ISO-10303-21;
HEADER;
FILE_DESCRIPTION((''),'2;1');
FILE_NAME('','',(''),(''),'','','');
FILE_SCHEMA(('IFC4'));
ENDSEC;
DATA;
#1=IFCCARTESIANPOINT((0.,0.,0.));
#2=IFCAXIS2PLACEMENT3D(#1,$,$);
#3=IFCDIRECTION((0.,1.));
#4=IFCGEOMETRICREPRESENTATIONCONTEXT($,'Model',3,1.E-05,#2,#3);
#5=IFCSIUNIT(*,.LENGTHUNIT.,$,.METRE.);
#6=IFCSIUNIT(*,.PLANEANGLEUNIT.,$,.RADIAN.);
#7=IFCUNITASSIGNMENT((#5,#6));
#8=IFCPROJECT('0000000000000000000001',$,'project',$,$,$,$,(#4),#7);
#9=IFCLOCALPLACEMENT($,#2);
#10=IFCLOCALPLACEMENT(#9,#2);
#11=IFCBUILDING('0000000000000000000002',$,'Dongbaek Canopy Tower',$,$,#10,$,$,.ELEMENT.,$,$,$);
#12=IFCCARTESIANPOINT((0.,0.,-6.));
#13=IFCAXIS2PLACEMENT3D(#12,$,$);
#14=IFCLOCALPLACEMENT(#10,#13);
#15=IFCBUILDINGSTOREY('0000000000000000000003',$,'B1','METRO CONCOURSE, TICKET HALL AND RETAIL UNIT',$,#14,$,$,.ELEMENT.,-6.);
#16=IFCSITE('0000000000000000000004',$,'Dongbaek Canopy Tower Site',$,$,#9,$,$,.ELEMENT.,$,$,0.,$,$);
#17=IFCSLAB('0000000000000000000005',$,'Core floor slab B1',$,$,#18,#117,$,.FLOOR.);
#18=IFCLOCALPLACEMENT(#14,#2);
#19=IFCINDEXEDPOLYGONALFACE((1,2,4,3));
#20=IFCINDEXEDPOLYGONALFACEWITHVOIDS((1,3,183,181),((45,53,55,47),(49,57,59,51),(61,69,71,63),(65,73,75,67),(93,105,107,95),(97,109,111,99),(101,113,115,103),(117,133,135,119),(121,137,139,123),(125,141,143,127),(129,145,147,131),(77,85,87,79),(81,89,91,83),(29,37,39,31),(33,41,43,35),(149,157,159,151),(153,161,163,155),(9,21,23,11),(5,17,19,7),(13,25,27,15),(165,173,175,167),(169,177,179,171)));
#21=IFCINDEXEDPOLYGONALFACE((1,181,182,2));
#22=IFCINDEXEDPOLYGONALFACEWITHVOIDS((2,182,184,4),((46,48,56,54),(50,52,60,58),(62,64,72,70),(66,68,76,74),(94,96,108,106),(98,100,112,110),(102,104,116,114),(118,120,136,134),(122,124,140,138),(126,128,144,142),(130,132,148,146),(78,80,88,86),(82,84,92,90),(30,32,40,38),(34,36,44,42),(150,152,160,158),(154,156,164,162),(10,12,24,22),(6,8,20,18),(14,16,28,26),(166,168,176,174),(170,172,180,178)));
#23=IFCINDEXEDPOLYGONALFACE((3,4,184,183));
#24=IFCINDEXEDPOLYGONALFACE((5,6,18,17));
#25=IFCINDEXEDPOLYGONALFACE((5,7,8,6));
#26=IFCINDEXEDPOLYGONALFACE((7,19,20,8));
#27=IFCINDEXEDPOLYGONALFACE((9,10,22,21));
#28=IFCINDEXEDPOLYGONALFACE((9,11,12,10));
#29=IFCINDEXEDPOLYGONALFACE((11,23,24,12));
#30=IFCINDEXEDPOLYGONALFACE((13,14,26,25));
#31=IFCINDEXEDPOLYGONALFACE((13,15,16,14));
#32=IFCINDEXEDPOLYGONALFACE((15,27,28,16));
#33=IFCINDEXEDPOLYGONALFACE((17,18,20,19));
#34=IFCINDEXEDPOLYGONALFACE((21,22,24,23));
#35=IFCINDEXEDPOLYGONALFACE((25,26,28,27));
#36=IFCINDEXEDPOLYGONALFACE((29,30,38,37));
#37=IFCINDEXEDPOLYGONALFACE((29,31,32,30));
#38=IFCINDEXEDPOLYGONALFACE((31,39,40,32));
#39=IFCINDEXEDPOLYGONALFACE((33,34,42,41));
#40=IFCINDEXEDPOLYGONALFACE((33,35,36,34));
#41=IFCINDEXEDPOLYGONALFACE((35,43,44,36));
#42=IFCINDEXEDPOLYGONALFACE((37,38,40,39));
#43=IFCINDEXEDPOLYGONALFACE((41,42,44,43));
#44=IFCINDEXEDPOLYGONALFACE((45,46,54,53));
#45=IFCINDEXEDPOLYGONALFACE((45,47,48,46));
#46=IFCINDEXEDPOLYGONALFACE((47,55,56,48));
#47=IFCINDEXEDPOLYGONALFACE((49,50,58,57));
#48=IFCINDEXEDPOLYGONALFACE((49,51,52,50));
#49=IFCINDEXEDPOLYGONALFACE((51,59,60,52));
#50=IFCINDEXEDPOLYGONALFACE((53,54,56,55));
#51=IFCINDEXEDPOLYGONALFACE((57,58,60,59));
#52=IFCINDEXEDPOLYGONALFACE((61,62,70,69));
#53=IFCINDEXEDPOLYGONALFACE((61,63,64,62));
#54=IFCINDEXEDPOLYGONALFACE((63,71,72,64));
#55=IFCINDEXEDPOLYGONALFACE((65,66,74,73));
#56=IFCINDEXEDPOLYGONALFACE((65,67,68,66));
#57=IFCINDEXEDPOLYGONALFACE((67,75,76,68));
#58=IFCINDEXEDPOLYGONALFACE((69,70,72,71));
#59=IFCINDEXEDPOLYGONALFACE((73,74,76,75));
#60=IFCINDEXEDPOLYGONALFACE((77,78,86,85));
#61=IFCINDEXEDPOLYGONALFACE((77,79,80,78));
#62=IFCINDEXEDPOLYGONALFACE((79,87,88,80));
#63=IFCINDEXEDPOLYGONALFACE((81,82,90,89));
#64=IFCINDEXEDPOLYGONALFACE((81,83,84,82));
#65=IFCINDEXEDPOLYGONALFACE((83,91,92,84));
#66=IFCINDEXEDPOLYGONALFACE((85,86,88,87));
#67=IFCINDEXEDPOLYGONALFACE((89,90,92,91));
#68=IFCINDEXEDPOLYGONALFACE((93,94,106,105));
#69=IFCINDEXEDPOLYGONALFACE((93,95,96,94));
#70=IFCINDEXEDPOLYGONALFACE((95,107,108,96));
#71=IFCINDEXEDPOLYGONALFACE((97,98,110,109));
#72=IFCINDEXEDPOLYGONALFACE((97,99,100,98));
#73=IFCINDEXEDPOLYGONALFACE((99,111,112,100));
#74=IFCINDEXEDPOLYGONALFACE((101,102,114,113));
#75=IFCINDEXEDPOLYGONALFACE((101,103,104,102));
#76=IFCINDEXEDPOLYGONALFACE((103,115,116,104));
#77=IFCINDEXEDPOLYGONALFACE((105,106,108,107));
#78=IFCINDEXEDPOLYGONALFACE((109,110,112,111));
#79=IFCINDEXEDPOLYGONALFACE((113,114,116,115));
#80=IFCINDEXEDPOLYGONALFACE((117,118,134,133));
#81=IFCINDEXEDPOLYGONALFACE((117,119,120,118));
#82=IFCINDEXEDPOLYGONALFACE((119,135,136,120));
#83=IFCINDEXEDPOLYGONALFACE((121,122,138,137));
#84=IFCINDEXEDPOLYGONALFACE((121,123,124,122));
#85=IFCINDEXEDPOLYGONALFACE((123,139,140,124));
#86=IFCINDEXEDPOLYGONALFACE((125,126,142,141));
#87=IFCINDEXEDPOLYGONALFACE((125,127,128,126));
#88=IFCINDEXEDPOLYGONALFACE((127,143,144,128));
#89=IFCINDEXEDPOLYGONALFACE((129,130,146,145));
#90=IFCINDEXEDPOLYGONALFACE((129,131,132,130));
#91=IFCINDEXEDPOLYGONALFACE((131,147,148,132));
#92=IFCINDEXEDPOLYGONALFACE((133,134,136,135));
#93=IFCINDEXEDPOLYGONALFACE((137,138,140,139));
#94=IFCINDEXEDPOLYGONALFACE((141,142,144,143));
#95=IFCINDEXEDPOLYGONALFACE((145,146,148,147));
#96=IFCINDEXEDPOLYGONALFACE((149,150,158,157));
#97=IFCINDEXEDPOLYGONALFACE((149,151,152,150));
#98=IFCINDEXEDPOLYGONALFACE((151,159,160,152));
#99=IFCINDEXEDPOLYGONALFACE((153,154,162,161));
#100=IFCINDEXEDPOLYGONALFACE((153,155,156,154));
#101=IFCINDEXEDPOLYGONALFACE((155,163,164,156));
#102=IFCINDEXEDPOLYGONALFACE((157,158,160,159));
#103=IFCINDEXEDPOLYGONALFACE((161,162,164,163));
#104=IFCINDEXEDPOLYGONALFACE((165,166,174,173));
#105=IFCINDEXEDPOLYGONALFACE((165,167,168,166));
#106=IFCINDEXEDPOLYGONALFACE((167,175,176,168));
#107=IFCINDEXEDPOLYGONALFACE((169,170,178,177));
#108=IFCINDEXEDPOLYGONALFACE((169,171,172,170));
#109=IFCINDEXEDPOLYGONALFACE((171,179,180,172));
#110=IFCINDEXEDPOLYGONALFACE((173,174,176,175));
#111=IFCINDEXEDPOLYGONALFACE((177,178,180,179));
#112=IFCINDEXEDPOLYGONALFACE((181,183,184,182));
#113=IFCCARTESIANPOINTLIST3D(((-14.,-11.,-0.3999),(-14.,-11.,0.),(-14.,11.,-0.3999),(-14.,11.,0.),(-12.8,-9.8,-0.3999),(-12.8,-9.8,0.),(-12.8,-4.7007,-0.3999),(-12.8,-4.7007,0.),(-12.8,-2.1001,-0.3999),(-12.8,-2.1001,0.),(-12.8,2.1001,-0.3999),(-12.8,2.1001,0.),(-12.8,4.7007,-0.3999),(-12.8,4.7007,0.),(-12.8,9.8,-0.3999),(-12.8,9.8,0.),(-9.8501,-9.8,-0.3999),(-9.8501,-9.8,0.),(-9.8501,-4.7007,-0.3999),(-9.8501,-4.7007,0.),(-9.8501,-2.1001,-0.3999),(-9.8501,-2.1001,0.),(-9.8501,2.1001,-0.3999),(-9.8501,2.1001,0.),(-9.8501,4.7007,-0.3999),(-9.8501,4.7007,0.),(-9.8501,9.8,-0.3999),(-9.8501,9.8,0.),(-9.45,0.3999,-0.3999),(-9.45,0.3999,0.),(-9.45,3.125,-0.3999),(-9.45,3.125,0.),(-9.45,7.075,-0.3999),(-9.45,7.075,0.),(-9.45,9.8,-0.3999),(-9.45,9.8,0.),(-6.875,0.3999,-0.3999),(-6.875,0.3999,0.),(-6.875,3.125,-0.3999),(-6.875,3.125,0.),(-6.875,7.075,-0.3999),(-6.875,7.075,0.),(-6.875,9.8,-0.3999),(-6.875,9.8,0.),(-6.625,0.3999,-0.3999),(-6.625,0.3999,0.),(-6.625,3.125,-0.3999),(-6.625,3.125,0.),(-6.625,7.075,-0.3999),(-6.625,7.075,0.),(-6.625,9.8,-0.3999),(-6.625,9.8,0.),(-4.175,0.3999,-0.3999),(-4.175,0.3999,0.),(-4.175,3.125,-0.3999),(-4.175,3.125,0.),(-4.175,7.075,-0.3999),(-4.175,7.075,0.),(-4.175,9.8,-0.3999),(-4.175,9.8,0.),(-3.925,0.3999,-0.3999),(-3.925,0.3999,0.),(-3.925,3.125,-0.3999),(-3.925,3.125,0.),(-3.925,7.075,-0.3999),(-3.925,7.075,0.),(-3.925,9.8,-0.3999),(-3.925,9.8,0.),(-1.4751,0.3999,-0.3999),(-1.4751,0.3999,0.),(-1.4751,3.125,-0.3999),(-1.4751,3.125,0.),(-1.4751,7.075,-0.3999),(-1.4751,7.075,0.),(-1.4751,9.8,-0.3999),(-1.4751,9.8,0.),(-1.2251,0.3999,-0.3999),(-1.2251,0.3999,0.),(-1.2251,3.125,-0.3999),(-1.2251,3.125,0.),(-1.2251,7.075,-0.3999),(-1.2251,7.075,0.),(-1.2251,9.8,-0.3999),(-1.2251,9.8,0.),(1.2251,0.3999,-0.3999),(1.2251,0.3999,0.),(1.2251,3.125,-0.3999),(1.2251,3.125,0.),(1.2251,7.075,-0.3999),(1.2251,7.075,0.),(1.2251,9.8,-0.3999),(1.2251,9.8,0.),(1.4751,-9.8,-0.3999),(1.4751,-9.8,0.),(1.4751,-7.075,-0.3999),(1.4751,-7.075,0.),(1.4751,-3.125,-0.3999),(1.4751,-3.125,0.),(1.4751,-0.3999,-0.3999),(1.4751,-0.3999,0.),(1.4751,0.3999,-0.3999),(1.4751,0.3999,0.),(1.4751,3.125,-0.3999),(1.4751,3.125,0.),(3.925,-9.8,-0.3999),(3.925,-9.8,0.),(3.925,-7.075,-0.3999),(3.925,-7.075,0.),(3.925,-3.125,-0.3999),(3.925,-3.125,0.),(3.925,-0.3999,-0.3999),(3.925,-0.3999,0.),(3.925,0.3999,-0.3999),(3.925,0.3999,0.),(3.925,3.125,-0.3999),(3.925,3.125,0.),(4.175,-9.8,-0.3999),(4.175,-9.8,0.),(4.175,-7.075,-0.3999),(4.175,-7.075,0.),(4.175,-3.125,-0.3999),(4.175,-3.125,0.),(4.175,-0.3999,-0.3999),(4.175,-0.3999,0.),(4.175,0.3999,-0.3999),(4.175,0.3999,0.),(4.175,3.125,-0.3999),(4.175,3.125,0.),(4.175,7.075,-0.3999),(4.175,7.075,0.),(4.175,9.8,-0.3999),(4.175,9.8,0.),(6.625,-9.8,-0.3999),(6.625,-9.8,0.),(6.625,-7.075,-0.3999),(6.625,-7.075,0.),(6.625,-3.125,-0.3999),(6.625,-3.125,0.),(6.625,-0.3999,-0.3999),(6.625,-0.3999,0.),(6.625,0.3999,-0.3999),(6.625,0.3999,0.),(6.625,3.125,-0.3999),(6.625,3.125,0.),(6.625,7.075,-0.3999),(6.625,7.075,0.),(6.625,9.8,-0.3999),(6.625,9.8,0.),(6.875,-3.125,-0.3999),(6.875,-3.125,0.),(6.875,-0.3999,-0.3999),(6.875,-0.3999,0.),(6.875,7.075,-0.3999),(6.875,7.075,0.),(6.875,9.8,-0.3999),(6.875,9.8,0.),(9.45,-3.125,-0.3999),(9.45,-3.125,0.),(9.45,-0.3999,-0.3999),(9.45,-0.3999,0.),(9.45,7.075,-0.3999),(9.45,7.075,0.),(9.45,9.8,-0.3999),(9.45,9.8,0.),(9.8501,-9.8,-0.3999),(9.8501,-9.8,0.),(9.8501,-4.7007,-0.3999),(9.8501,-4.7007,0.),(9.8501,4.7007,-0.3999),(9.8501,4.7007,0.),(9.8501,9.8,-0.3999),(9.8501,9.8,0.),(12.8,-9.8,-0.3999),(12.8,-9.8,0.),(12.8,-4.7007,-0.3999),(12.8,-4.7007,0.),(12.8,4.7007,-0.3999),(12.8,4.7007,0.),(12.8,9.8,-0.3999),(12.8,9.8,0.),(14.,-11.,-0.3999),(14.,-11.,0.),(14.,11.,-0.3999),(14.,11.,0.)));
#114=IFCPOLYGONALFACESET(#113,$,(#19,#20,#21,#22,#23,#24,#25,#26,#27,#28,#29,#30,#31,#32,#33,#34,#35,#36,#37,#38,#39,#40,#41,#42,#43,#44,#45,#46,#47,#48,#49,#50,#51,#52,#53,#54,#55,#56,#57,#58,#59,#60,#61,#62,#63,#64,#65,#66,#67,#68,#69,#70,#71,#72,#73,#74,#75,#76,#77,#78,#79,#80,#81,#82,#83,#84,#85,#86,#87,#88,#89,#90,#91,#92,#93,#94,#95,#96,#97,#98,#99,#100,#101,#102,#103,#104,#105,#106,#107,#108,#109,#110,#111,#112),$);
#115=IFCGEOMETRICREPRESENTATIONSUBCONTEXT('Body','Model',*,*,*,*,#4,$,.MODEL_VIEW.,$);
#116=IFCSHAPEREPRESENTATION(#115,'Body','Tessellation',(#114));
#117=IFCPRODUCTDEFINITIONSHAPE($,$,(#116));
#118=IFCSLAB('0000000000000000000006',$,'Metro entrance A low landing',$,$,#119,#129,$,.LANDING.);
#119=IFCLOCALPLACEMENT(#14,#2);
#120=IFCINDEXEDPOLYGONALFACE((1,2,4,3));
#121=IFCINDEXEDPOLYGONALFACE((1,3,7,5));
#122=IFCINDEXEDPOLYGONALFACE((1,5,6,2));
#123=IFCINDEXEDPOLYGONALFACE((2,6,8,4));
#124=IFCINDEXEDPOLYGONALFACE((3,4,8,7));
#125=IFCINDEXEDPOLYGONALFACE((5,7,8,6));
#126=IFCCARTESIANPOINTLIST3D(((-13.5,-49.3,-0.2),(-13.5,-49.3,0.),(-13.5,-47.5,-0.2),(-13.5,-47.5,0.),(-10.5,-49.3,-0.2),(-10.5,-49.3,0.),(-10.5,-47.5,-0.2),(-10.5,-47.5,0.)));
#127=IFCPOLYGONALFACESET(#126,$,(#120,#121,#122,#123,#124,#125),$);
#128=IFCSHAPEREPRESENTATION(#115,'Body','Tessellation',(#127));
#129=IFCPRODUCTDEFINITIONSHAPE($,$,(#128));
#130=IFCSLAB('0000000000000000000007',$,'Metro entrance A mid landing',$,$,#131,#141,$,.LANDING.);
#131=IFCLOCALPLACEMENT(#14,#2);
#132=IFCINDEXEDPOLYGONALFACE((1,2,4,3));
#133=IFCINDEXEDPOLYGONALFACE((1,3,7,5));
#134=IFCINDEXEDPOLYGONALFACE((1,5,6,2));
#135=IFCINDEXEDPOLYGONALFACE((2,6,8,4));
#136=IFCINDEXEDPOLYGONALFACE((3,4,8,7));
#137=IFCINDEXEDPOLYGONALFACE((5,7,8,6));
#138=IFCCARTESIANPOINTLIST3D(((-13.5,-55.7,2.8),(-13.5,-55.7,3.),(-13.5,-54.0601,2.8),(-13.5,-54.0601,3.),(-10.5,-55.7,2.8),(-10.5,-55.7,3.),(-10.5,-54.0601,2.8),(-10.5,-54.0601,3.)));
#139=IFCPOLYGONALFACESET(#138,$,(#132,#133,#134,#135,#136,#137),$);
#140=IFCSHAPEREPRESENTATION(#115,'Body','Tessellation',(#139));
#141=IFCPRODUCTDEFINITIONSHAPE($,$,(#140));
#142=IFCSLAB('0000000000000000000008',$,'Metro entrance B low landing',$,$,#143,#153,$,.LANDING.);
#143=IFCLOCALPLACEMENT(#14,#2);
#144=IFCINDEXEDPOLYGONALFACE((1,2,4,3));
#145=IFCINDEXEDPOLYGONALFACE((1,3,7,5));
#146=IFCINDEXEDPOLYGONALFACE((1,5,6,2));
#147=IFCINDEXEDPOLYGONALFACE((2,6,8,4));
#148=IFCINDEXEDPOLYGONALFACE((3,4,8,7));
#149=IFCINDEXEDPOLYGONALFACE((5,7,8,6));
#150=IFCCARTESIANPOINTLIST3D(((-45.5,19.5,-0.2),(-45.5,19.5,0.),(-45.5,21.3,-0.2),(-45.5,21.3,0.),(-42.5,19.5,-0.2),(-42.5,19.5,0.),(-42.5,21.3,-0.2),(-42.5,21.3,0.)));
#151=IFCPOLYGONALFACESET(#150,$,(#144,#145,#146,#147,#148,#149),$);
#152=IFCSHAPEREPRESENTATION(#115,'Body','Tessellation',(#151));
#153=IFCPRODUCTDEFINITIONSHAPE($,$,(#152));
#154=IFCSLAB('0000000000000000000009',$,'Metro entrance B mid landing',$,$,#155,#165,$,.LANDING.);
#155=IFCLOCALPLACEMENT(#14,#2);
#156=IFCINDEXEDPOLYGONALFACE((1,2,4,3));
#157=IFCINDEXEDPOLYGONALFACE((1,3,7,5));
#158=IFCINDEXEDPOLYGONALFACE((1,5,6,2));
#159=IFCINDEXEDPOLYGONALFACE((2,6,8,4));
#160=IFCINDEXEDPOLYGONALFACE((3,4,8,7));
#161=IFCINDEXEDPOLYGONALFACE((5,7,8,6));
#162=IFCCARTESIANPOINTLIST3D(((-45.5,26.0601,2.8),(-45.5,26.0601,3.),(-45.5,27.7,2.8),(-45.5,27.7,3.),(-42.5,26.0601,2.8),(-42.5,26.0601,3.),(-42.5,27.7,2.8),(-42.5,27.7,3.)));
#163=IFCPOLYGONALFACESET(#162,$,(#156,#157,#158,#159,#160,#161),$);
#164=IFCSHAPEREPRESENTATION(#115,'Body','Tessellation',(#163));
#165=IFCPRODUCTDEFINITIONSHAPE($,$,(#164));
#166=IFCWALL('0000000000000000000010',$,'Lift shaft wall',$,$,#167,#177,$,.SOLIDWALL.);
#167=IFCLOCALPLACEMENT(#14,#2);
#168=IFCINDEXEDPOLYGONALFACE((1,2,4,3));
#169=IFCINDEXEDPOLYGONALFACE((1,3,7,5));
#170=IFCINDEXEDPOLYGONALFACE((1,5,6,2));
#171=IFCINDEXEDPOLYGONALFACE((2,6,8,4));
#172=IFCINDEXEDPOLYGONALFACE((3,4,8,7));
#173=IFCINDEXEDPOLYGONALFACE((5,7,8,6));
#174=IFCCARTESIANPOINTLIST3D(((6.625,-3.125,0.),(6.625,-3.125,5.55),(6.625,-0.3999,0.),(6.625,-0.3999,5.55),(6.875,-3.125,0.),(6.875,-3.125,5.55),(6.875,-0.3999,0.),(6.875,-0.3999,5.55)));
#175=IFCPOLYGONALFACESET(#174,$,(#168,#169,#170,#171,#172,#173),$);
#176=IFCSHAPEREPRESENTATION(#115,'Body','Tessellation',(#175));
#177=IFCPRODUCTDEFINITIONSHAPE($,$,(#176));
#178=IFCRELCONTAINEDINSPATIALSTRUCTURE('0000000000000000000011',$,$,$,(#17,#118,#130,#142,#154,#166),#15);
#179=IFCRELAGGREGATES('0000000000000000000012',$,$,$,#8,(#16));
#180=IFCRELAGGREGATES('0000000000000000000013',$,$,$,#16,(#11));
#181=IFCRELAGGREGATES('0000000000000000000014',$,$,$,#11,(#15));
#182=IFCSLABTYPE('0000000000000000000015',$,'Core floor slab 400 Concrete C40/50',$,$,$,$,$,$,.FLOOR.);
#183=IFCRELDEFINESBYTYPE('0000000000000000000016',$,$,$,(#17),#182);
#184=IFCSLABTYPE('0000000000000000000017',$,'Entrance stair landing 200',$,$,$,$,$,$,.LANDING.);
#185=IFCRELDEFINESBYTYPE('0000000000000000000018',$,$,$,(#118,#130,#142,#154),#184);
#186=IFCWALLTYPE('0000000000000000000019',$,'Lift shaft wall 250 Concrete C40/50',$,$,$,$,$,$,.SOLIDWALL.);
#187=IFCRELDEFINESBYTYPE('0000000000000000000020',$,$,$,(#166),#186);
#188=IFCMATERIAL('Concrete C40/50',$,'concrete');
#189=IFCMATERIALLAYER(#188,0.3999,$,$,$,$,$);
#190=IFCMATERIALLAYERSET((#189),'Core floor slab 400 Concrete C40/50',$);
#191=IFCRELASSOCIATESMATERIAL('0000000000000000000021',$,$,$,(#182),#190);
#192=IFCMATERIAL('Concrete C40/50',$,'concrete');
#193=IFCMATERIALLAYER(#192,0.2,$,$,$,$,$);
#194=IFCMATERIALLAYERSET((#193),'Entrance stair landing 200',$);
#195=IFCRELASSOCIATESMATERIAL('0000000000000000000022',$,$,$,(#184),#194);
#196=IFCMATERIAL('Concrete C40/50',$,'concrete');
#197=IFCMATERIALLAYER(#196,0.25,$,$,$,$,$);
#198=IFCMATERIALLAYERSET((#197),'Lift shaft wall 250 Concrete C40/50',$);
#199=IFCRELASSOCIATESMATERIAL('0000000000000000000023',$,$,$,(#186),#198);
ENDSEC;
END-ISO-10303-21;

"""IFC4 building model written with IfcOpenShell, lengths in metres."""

from ifc_helpers import new_model, si_unit, direction, frame, frame_2d, origin, place, context, subcontext, project, spatial, polyline, rectangle, outline, extrude, material, layer, layer_set, type_object, element, save


model = new_model("IFC4")

# Units and contexts
model_context = context("Model", 3, precision=1e-05, world=origin(), true_north=direction((0.0, 1.0)))
body_context = subcontext(model_context, "Body", "Model", "MODEL_VIEW")
ifc_project = project(units=[si_unit("LENGTHUNIT", "METRE"), si_unit("PLANEANGLEUNIT", "RADIAN")], contexts=[model_context])

# Site, building, storey
site_placement = place(None, origin())
site = spatial("IfcSite", under=ifc_project, at=site_placement, Name="Dongbaek Canopy Tower Site", CompositionType="ELEMENT", RefElevation=0.0)
building_placement = place(site_placement, origin())
building = spatial("IfcBuilding", under=site, at=building_placement, Name="Dongbaek Canopy Tower", CompositionType="ELEMENT")
storey_placement = place(building_placement, frame((0.0, 0.0, -6.0)))
storey = spatial("IfcBuildingStorey", under=building, at=storey_placement, Name="B1", Description="METRO CONCOURSE, TICKET HALL AND RETAIL UNIT", CompositionType="ELEMENT", Elevation=-6.0)

# Slabs
ifc_material_1 = material(Name="Concrete C40/50", Category="concrete")
ifc_layer_1 = layer(ifc_material_1, 0.3999)
ifc_layer_set_1 = layer_set([ifc_layer_1], Name="Core floor slab 400 Concrete C40/50")
slab_type_1 = type_object("IfcSlabType", Name="Core floor slab 400 Concrete C40/50", PredefinedType="FLOOR", material=ifc_layer_set_1)
slab_1_placement = place(storey_placement, frame((0.0, 0.0, -0.3999)))
element("IfcSlab", 1, at=slab_1_placement, inside=storey, type_object=slab_type_1, Name="Core floor slab B1", PredefinedType="FLOOR", context=body_context, shape_type="SweptSolid", body=[
    extrude(outline(polyline([(14.0, -11.0), (14.0, 11.0), (-14.0, 11.0), (-14.0, -11.0), (14.0, -11.0)]), holes=[polyline([(-12.8, 2.1001), (-9.8501, 2.1001), (-9.8501, -2.1001), (-12.8, -2.1001), (-12.8, 2.1001)]), polyline([(-6.875, 9.8), (-6.875, 7.075), (-9.45, 7.075), (-9.45, 9.8), (-6.875, 9.8)]), polyline([(-4.175, 9.8), (-4.175, 7.075), (-6.625, 7.075), (-6.625, 9.8), (-4.175, 9.8)]), polyline([(-1.4751, 9.8), (-1.4751, 7.075), (-3.925, 7.075), (-3.925, 9.8), (-1.4751, 9.8)]), polyline([(1.2251, 9.8), (1.2251, 7.075), (-1.2251, 7.075), (-1.2251, 9.8), (1.2251, 9.8)]), polyline([(6.625, 9.8), (6.625, 7.075), (4.175, 7.075), (4.175, 9.8), (6.625, 9.8)]), polyline([(9.45, 7.075), (6.875, 7.075), (6.875, 9.8), (9.45, 9.8), (9.45, 7.075)]), polyline([(-9.45, 3.125), (-6.875, 3.125), (-6.875, 0.3999), (-9.45, 0.3999), (-9.45, 3.125)]), polyline([(-6.625, 3.125), (-4.175, 3.125), (-4.175, 0.3999), (-6.625, 0.3999), (-6.625, 3.125)]), polyline([(-3.925, 3.125), (-1.4751, 3.125), (-1.4751, 0.3999), (-3.925, 0.3999), (-3.925, 3.125)]), polyline([(-1.2251, 3.125), (1.2251, 3.125), (1.2251, 0.3999), (-1.2251, 0.3999), (-1.2251, 3.125)]), polyline([(1.4751, 0.3999), (1.4751, 3.125), (3.925, 3.125), (3.925, 0.3999), (1.4751, 0.3999)]), polyline([(4.175, 0.3999), (4.175, 3.125), (6.625, 3.125), (6.625, 0.3999), (4.175, 0.3999)]), polyline([(3.925, -0.3999), (3.925, -3.125), (1.4751, -3.125), (1.4751, -0.3999), (3.925, -0.3999)]), polyline([(6.625, -0.3999), (6.625, -3.125), (4.175, -3.125), (4.175, -0.3999), (6.625, -0.3999)]), polyline([(9.45, -3.125), (6.875, -3.125), (6.875, -0.3999), (9.45, -0.3999), (9.45, -3.125)]), polyline([(1.4751, -9.8), (1.4751, -7.075), (3.925, -7.075), (3.925, -9.8), (1.4751, -9.8)]), polyline([(4.175, -9.8), (4.175, -7.075), (6.625, -7.075), (6.625, -9.8), (4.175, -9.8)]), polyline([(12.8, 4.7007), (12.8, 9.8), (9.8501, 9.8), (9.8501, 4.7007), (12.8, 4.7007)]), polyline([(-9.8501, 4.7007), (-9.8501, 9.8), (-12.8, 9.8), (-12.8, 4.7007), (-9.8501, 4.7007)]), polyline([(9.8501, -4.7007), (9.8501, -9.8), (12.8, -9.8), (12.8, -4.7007), (9.8501, -4.7007)]), polyline([(-12.8, -4.7007), (-12.8, -9.8), (-9.8501, -9.8), (-9.8501, -4.7007), (-12.8, -4.7007)])]), origin(), (0.0, 0.0, 1.0), 0.3999),
])
ifc_material_2 = material(Name="Concrete C40/50", Category="concrete")
ifc_layer_2 = layer(ifc_material_2, 0.2)
ifc_layer_set_2 = layer_set([ifc_layer_2], Name="Entrance stair landing 200")
slab_type_2 = type_object("IfcSlabType", Name="Entrance stair landing 200", PredefinedType="LANDING", material=ifc_layer_set_2)
slab_2_placement = place(storey_placement, frame((0.0, 0.0, -0.2)))
element("IfcSlab", 2, at=slab_2_placement, inside=storey, type_object=slab_type_2, Name="Metro entrance A low landing", PredefinedType="LANDING", context=body_context, shape_type="SweptSolid", body=[
    extrude(outline(polyline([(-13.5, -49.3), (-10.5, -49.3), (-10.5, -47.5), (-13.5, -47.5), (-13.5, -49.3)])), origin(), (0.0, 0.0, 1.0), 0.2),
])
slab_3_placement = place(storey_placement, frame((0.0, 0.0, 2.8)))
element("IfcSlab", 3, at=slab_3_placement, inside=storey, type_object=slab_type_2, Name="Metro entrance A mid landing", PredefinedType="LANDING", context=body_context, shape_type="SweptSolid", body=[
    extrude(outline(polyline([(-13.5, -55.7), (-10.5, -55.7), (-10.5, -54.0601), (-13.5, -54.0601), (-13.5, -55.7)])), origin(), (0.0, 0.0, 1.0), 0.2),
])
slab_4_placement = place(storey_placement, frame((0.0, 0.0, -0.2)))
element("IfcSlab", 4, at=slab_4_placement, inside=storey, type_object=slab_type_2, Name="Metro entrance B low landing", PredefinedType="LANDING", context=body_context, shape_type="SweptSolid", body=[
    extrude(outline(polyline([(-45.5, 19.5), (-42.5, 19.5), (-42.5, 21.3), (-45.5, 21.3), (-45.5, 19.5)])), origin(), (0.0, 0.0, 1.0), 0.2),
])
slab_5_placement = place(storey_placement, frame((0.0, 0.0, 2.8)))
element("IfcSlab", 5, at=slab_5_placement, inside=storey, type_object=slab_type_2, Name="Metro entrance B mid landing", PredefinedType="LANDING", context=body_context, shape_type="SweptSolid", body=[
    extrude(outline(polyline([(-45.5, 26.0601), (-42.5, 26.0601), (-42.5, 27.7), (-45.5, 27.7), (-45.5, 26.0601)])), origin(), (0.0, 0.0, 1.0), 0.2),
])

# Wall
ifc_material_3 = material(Name="Concrete C40/50", Category="concrete")
ifc_layer_3 = layer(ifc_material_3, 0.25)
ifc_layer_set_3 = layer_set([ifc_layer_3], Name="Lift shaft wall 250 Concrete C40/50")
wall_type_1 = type_object("IfcWallType", Name="Lift shaft wall 250 Concrete C40/50", PredefinedType="SOLIDWALL", material=ifc_layer_set_3)
for number, where, z_axis, x_axis, name in (
    (6, (6.75, -3.125, 0.0), (0.0, 0.0, 1.0), (0.0, 1.0, 0.0), "Lift shaft wall"),
):
    element("IfcWall", number, at=place(storey_placement, frame(where, z_axis=z_axis, x_axis=x_axis)), inside=storey, type_object=wall_type_1, Name=name, PredefinedType="SOLIDWALL", context=body_context, shape_type="SweptSolid", body=[
        extrude(rectangle(XDim=2.7251, YDim=0.25, at=frame_2d((1.3625, 0.0))), origin(), (0.0, 0.0, 1.0), 5.55),
    ])

save(model, "model.ifc")
